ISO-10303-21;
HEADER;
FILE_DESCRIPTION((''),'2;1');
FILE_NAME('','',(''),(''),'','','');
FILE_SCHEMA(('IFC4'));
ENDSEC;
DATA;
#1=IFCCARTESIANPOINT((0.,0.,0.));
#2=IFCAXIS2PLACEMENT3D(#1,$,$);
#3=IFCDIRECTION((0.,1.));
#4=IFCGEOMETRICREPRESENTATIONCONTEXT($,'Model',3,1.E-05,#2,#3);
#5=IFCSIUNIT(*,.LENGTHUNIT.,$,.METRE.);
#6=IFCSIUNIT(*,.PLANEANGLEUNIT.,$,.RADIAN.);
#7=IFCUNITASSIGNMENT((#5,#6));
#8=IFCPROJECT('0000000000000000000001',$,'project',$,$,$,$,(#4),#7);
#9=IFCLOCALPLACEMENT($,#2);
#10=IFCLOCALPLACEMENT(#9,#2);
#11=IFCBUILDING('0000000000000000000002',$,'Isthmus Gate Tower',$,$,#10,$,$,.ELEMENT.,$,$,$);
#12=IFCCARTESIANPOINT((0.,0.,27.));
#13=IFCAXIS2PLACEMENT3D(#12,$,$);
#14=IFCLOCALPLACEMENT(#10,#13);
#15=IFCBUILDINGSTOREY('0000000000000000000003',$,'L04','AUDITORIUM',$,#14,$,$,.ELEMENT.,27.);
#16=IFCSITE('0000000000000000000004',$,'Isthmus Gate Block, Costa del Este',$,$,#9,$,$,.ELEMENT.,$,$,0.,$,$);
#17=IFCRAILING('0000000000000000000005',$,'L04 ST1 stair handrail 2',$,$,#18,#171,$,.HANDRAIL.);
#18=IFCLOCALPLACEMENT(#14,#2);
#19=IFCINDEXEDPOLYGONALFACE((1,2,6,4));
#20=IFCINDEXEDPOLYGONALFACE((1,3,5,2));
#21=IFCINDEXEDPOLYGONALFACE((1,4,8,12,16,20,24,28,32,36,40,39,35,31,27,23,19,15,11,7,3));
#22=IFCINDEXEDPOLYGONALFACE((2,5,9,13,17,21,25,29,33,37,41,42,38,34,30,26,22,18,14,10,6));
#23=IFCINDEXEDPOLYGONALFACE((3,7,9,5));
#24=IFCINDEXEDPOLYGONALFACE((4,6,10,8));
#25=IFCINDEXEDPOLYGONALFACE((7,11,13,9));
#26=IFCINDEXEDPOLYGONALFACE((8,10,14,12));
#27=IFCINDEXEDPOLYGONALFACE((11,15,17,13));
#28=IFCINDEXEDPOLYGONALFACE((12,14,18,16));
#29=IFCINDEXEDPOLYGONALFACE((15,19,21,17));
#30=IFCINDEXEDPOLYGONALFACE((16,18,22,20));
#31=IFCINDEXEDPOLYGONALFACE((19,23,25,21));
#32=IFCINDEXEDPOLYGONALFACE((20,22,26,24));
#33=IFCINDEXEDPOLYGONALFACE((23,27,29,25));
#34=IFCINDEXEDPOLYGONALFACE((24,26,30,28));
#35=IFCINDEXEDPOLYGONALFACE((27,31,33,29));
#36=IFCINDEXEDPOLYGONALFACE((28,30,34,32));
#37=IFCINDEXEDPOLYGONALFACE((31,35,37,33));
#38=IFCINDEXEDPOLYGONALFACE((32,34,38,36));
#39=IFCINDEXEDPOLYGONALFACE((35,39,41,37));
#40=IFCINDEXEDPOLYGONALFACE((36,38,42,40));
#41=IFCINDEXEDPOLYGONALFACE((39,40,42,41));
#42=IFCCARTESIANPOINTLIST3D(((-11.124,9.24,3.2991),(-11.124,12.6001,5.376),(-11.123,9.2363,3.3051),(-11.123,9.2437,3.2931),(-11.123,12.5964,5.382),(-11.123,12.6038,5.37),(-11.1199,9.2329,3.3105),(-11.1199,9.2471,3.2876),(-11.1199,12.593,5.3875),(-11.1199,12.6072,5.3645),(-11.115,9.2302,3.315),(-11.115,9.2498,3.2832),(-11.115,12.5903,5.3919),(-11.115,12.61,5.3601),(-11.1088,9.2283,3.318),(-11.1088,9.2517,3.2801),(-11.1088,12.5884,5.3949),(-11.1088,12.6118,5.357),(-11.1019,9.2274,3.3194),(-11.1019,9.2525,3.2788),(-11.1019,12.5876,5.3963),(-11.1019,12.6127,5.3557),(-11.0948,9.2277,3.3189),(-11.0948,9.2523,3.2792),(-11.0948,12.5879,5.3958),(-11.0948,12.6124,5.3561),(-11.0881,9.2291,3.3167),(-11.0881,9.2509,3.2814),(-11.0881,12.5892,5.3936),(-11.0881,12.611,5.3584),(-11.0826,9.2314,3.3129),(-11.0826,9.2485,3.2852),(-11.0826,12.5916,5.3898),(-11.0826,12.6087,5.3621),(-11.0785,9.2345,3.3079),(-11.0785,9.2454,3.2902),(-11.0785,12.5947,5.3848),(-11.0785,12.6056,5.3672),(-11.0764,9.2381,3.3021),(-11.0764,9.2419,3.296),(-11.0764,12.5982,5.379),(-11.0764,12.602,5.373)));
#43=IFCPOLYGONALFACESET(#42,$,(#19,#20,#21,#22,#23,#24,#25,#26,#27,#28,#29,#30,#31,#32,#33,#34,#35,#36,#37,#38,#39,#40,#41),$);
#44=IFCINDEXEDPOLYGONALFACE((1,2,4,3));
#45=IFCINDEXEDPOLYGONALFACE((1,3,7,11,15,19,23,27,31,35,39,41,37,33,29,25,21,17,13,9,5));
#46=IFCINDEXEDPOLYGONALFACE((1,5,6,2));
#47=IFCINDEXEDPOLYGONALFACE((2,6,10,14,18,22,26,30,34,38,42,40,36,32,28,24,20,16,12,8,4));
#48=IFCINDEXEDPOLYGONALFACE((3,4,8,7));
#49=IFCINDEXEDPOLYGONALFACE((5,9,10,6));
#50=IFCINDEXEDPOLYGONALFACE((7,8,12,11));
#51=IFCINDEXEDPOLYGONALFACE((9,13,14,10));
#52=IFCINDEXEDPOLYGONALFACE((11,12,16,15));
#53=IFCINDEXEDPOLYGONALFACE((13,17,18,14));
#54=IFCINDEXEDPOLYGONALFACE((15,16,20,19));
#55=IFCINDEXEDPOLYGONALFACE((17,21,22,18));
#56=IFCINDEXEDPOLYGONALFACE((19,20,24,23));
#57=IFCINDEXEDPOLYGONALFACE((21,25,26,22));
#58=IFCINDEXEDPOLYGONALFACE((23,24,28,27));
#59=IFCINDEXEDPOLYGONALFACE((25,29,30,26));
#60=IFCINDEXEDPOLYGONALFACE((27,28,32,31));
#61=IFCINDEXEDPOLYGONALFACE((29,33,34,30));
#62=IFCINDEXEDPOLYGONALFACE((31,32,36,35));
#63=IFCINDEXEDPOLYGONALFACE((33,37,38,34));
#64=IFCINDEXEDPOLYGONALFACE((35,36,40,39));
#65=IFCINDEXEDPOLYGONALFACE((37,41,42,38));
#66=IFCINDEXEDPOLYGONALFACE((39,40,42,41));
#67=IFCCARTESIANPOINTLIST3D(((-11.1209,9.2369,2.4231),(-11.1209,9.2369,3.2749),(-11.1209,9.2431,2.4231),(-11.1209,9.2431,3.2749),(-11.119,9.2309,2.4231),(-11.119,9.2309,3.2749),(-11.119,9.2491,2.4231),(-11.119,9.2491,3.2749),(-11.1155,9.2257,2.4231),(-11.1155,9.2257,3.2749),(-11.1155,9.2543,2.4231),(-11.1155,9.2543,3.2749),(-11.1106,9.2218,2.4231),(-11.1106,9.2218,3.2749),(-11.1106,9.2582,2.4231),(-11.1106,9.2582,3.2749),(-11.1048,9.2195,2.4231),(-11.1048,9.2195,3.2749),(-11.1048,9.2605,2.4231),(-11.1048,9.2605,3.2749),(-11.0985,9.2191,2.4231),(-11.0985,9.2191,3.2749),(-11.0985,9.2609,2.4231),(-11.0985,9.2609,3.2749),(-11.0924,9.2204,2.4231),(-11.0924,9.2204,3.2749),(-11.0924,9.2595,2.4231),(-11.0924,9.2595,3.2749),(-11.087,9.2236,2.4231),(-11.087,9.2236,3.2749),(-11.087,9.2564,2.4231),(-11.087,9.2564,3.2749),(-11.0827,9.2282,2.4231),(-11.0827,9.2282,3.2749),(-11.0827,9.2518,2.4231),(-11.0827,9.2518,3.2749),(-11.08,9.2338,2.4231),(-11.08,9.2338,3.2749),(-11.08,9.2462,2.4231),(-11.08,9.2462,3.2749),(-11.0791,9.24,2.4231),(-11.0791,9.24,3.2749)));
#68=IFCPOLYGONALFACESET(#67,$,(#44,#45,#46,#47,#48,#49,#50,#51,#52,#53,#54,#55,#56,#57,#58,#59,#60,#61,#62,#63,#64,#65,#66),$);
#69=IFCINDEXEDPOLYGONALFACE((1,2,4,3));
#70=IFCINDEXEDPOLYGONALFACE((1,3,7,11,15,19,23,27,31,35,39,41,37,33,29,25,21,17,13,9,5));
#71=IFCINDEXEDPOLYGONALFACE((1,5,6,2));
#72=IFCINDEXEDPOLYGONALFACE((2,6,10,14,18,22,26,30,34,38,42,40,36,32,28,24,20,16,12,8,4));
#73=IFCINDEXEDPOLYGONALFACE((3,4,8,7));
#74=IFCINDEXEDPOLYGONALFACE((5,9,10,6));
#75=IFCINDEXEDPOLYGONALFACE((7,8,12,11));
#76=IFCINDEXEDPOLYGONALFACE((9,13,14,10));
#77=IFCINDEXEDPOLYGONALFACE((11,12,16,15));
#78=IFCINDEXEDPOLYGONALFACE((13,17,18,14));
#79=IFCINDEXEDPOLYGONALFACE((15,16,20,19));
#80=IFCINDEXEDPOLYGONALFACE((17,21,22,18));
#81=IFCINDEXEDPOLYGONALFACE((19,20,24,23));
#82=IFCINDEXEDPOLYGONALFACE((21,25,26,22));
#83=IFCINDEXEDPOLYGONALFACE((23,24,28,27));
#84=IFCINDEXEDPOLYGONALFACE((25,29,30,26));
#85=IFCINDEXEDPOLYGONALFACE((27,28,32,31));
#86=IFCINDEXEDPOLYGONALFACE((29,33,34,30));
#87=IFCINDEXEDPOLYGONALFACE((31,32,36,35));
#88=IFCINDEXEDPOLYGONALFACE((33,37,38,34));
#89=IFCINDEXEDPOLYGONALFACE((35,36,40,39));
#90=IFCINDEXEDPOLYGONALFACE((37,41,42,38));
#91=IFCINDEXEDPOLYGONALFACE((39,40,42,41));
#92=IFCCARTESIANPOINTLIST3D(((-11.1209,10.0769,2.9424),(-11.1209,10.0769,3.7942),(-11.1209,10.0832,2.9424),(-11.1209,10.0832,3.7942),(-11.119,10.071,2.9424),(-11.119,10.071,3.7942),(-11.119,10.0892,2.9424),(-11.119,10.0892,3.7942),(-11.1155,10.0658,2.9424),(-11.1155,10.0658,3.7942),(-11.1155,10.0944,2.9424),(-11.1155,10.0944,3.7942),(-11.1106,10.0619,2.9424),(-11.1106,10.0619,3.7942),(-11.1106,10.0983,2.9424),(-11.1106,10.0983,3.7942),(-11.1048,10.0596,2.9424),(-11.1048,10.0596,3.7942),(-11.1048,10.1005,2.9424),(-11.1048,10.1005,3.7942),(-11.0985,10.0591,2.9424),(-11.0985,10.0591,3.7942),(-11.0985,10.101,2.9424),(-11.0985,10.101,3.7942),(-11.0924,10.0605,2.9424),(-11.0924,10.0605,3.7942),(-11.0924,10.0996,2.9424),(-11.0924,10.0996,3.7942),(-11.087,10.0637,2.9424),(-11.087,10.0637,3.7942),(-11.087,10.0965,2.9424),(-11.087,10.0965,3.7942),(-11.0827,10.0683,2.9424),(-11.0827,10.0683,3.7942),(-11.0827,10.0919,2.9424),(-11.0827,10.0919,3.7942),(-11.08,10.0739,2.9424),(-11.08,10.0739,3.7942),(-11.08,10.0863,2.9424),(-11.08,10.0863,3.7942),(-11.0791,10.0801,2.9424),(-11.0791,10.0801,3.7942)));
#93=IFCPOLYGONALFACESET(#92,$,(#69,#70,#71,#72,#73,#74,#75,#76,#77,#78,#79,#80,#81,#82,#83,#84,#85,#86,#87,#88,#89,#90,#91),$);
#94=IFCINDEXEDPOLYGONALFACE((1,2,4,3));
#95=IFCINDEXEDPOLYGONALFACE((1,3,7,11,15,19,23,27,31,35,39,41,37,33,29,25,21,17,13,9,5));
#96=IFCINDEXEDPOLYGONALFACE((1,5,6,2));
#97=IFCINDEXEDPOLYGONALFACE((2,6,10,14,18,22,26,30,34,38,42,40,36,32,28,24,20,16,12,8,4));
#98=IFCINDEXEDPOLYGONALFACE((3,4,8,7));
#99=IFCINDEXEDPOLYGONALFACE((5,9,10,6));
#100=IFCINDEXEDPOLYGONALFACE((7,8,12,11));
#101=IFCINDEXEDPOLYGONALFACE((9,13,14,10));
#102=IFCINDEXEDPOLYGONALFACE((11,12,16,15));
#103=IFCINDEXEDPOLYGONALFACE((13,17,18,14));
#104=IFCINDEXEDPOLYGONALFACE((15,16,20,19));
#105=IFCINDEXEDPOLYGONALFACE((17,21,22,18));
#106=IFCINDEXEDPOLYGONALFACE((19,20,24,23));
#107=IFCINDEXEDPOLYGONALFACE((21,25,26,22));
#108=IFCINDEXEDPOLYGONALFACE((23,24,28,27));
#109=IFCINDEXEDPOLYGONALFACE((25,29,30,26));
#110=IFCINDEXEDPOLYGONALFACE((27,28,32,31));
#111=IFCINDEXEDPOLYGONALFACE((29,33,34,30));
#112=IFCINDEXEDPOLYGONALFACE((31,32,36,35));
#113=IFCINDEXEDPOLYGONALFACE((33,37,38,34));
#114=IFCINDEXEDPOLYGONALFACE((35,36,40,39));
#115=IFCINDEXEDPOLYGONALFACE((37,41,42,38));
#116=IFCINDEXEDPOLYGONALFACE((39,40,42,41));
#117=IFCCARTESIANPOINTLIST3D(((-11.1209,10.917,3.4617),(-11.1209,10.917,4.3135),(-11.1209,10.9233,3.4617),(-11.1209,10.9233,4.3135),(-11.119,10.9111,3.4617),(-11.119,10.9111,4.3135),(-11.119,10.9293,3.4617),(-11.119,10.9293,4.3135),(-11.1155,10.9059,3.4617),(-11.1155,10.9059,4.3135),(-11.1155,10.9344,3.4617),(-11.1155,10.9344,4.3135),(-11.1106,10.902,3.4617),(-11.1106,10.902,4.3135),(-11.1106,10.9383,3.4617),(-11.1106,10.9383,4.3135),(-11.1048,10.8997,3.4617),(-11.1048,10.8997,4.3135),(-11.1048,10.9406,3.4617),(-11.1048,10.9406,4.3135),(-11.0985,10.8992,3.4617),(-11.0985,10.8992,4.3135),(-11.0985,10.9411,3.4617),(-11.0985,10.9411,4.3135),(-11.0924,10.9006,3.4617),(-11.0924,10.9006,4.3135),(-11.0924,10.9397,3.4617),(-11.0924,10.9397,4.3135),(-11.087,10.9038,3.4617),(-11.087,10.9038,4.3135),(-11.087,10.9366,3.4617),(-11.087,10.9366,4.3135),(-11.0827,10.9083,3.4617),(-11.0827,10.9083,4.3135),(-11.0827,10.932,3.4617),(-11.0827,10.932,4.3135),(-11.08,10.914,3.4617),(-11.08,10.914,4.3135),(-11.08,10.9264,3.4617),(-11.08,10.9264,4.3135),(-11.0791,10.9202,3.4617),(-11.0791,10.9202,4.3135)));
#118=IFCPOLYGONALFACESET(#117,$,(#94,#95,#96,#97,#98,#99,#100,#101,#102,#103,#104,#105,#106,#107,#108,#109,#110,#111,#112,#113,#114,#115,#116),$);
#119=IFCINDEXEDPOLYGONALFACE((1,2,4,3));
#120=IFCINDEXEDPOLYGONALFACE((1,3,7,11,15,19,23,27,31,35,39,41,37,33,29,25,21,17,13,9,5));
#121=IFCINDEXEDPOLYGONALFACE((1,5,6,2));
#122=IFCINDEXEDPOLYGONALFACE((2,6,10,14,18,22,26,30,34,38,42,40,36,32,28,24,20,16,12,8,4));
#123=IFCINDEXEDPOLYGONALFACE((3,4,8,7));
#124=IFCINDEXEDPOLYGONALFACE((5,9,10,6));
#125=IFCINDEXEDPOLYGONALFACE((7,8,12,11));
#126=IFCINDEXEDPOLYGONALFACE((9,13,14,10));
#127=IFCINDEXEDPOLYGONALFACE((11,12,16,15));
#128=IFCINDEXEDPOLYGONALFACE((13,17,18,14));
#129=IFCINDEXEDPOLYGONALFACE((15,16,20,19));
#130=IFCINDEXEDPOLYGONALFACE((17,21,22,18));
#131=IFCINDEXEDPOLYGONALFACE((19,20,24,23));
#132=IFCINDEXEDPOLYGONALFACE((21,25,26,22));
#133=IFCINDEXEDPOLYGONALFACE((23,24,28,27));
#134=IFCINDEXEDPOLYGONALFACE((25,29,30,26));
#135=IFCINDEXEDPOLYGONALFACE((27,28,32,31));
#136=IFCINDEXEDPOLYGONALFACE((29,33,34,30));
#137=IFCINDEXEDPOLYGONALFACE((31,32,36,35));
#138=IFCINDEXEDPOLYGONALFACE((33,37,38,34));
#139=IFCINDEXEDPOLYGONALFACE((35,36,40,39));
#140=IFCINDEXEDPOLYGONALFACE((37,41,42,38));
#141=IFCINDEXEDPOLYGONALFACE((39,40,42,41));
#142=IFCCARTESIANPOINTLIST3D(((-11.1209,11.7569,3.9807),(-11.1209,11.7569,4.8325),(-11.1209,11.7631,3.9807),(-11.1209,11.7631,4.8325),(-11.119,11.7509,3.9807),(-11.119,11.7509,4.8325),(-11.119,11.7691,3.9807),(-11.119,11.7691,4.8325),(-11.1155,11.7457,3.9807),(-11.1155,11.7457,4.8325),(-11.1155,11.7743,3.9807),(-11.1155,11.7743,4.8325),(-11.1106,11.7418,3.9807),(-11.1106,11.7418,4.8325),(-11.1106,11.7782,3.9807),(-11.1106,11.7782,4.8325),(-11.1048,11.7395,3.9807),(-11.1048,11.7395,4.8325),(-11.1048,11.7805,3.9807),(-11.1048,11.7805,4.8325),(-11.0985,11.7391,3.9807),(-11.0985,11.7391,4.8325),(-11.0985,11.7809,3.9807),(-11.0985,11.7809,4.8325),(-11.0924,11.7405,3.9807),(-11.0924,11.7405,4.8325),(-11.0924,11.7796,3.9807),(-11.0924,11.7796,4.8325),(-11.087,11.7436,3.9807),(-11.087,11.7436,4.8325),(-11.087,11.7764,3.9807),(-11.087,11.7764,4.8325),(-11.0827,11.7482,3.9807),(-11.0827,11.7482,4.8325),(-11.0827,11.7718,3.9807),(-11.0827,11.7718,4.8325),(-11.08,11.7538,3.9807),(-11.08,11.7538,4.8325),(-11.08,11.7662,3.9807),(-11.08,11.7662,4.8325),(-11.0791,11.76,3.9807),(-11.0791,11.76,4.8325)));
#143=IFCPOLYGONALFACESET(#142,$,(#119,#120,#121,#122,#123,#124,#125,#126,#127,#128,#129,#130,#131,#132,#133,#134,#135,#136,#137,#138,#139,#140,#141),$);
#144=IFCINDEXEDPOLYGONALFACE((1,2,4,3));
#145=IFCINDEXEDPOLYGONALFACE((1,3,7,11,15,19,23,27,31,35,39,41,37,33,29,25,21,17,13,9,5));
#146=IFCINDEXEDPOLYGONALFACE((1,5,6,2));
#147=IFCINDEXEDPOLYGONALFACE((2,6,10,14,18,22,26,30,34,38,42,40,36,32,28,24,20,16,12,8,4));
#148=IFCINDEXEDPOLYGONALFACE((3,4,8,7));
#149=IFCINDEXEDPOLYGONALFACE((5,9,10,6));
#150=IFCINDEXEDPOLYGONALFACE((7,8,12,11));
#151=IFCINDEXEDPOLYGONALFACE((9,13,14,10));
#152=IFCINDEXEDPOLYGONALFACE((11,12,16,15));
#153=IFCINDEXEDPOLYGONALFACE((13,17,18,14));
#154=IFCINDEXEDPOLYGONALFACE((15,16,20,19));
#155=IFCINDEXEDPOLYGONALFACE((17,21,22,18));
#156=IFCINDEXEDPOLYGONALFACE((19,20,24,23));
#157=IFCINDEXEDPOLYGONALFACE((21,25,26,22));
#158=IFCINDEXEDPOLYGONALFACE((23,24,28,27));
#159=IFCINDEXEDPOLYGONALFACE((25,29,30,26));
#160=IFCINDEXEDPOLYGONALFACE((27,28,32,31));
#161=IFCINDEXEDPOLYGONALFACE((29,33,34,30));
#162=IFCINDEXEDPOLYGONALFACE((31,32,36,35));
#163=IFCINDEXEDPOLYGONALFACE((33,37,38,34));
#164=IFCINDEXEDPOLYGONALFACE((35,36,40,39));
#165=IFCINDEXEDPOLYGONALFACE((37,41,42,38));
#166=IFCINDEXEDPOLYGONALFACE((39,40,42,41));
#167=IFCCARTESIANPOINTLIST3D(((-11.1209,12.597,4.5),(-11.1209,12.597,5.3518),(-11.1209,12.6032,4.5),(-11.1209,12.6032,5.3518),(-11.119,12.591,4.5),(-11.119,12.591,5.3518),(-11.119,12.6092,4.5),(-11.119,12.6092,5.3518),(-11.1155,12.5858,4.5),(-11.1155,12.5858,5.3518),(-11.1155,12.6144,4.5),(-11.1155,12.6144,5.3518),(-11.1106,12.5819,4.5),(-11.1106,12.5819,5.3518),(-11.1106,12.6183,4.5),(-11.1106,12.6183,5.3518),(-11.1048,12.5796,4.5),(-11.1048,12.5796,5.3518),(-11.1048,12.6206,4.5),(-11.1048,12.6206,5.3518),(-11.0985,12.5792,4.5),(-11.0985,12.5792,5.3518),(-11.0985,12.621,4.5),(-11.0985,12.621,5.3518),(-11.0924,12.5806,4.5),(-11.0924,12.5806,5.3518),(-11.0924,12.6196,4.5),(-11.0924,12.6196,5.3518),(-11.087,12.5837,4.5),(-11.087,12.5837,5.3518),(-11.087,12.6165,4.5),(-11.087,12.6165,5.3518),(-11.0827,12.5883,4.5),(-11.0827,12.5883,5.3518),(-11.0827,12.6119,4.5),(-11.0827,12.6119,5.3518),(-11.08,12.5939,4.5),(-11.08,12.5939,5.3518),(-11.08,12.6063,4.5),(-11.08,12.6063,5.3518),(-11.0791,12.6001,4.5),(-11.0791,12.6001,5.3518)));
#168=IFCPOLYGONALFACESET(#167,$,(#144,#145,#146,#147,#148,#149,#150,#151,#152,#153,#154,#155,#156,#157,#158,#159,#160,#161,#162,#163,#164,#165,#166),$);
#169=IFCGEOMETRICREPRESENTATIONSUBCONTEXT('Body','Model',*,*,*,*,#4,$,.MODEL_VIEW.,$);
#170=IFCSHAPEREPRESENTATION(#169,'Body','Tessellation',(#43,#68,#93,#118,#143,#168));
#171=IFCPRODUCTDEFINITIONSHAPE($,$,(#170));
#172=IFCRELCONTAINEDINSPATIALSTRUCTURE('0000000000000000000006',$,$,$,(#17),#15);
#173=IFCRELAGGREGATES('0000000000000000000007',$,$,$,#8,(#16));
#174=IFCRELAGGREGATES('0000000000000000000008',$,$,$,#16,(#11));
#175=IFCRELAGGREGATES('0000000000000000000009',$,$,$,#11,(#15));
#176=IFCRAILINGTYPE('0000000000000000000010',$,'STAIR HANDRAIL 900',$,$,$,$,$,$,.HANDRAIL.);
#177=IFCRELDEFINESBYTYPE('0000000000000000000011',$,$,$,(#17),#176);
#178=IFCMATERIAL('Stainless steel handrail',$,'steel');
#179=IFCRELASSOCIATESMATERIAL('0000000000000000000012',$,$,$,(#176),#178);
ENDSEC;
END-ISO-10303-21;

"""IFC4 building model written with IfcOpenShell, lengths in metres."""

from ifc_helpers import new_model, si_unit, direction, frame, origin, origin_2d, place, context, subcontext, project, spatial, circle, extrude, material, type_object, element, save


model = new_model("IFC4")

# Units and contexts
model_context = context("Model", 3, precision=1e-05, world=origin(), true_north=direction((0.0, 1.0)))
body_context = subcontext(model_context, "Body", "Model", "MODEL_VIEW")
ifc_project = project(units=[si_unit("LENGTHUNIT", "METRE"), si_unit("PLANEANGLEUNIT", "RADIAN")], contexts=[model_context])

# Site, building, storey
site_placement = place(None, origin())
site = spatial("IfcSite", under=ifc_project, at=site_placement, Name="Isthmus Gate Block, Costa del Este", CompositionType="ELEMENT", RefElevation=0.0)
building_placement = place(site_placement, origin())
building = spatial("IfcBuilding", under=site, at=building_placement, Name="Isthmus Gate Tower", CompositionType="ELEMENT")
storey_placement = place(building_placement, frame((0.0, 0.0, 27.0)))
storey = spatial("IfcBuildingStorey", under=building, at=storey_placement, Name="L04", Description="AUDITORIUM", CompositionType="ELEMENT", Elevation=27.0)

# Railing
ifc_material_1 = material(Name="Stainless steel handrail", Category="steel")
railing_type_1 = type_object("IfcRailingType", Name="STAIR HANDRAIL 900", PredefinedType="HANDRAIL", material=ifc_material_1)
for number, where, name in (
    (1, (-11.1001, 9.24, 2.4231), "L04 ST1 stair handrail 2"),
):
    element("IfcRailing", number, at=place(storey_placement, frame(where)), inside=storey, type_object=railing_type_1, Name=name, PredefinedType="HANDRAIL", context=body_context, shape_type="SweptSolid", body=[
        extrude(circle(Radius=0.0239, at=origin_2d()), frame((0.0, 0.0, 0.876), z_axis=(0.0, 0.850623, 0.525776), x_axis=(-1.0, 0.0, 0.0)), (0.0, 0.0, 1.0), 3.9502),
        extrude(circle(Radius=0.021, at=origin_2d()), origin(), (0.0, 0.0, 1.0), 0.8518),
        extrude(circle(Radius=0.021, at=origin_2d()), frame((0.0, 0.8401, 0.5193)), (0.0, 0.0, 1.0), 0.8518),
        extrude(circle(Radius=0.021, at=origin_2d()), frame((0.0, 1.6802, 1.0386)), (0.0, 0.0, 1.0), 0.8518),
        extrude(circle(Radius=0.021, at=origin_2d()), frame((0.0, 2.52, 1.5576)), (0.0, 0.0, 1.0), 0.8518),
        extrude(circle(Radius=0.021, at=origin_2d()), frame((0.0, 3.3601, 2.0769)), (0.0, 0.0, 1.0), 0.8518),
    ])

save(model, "model.ifc")
